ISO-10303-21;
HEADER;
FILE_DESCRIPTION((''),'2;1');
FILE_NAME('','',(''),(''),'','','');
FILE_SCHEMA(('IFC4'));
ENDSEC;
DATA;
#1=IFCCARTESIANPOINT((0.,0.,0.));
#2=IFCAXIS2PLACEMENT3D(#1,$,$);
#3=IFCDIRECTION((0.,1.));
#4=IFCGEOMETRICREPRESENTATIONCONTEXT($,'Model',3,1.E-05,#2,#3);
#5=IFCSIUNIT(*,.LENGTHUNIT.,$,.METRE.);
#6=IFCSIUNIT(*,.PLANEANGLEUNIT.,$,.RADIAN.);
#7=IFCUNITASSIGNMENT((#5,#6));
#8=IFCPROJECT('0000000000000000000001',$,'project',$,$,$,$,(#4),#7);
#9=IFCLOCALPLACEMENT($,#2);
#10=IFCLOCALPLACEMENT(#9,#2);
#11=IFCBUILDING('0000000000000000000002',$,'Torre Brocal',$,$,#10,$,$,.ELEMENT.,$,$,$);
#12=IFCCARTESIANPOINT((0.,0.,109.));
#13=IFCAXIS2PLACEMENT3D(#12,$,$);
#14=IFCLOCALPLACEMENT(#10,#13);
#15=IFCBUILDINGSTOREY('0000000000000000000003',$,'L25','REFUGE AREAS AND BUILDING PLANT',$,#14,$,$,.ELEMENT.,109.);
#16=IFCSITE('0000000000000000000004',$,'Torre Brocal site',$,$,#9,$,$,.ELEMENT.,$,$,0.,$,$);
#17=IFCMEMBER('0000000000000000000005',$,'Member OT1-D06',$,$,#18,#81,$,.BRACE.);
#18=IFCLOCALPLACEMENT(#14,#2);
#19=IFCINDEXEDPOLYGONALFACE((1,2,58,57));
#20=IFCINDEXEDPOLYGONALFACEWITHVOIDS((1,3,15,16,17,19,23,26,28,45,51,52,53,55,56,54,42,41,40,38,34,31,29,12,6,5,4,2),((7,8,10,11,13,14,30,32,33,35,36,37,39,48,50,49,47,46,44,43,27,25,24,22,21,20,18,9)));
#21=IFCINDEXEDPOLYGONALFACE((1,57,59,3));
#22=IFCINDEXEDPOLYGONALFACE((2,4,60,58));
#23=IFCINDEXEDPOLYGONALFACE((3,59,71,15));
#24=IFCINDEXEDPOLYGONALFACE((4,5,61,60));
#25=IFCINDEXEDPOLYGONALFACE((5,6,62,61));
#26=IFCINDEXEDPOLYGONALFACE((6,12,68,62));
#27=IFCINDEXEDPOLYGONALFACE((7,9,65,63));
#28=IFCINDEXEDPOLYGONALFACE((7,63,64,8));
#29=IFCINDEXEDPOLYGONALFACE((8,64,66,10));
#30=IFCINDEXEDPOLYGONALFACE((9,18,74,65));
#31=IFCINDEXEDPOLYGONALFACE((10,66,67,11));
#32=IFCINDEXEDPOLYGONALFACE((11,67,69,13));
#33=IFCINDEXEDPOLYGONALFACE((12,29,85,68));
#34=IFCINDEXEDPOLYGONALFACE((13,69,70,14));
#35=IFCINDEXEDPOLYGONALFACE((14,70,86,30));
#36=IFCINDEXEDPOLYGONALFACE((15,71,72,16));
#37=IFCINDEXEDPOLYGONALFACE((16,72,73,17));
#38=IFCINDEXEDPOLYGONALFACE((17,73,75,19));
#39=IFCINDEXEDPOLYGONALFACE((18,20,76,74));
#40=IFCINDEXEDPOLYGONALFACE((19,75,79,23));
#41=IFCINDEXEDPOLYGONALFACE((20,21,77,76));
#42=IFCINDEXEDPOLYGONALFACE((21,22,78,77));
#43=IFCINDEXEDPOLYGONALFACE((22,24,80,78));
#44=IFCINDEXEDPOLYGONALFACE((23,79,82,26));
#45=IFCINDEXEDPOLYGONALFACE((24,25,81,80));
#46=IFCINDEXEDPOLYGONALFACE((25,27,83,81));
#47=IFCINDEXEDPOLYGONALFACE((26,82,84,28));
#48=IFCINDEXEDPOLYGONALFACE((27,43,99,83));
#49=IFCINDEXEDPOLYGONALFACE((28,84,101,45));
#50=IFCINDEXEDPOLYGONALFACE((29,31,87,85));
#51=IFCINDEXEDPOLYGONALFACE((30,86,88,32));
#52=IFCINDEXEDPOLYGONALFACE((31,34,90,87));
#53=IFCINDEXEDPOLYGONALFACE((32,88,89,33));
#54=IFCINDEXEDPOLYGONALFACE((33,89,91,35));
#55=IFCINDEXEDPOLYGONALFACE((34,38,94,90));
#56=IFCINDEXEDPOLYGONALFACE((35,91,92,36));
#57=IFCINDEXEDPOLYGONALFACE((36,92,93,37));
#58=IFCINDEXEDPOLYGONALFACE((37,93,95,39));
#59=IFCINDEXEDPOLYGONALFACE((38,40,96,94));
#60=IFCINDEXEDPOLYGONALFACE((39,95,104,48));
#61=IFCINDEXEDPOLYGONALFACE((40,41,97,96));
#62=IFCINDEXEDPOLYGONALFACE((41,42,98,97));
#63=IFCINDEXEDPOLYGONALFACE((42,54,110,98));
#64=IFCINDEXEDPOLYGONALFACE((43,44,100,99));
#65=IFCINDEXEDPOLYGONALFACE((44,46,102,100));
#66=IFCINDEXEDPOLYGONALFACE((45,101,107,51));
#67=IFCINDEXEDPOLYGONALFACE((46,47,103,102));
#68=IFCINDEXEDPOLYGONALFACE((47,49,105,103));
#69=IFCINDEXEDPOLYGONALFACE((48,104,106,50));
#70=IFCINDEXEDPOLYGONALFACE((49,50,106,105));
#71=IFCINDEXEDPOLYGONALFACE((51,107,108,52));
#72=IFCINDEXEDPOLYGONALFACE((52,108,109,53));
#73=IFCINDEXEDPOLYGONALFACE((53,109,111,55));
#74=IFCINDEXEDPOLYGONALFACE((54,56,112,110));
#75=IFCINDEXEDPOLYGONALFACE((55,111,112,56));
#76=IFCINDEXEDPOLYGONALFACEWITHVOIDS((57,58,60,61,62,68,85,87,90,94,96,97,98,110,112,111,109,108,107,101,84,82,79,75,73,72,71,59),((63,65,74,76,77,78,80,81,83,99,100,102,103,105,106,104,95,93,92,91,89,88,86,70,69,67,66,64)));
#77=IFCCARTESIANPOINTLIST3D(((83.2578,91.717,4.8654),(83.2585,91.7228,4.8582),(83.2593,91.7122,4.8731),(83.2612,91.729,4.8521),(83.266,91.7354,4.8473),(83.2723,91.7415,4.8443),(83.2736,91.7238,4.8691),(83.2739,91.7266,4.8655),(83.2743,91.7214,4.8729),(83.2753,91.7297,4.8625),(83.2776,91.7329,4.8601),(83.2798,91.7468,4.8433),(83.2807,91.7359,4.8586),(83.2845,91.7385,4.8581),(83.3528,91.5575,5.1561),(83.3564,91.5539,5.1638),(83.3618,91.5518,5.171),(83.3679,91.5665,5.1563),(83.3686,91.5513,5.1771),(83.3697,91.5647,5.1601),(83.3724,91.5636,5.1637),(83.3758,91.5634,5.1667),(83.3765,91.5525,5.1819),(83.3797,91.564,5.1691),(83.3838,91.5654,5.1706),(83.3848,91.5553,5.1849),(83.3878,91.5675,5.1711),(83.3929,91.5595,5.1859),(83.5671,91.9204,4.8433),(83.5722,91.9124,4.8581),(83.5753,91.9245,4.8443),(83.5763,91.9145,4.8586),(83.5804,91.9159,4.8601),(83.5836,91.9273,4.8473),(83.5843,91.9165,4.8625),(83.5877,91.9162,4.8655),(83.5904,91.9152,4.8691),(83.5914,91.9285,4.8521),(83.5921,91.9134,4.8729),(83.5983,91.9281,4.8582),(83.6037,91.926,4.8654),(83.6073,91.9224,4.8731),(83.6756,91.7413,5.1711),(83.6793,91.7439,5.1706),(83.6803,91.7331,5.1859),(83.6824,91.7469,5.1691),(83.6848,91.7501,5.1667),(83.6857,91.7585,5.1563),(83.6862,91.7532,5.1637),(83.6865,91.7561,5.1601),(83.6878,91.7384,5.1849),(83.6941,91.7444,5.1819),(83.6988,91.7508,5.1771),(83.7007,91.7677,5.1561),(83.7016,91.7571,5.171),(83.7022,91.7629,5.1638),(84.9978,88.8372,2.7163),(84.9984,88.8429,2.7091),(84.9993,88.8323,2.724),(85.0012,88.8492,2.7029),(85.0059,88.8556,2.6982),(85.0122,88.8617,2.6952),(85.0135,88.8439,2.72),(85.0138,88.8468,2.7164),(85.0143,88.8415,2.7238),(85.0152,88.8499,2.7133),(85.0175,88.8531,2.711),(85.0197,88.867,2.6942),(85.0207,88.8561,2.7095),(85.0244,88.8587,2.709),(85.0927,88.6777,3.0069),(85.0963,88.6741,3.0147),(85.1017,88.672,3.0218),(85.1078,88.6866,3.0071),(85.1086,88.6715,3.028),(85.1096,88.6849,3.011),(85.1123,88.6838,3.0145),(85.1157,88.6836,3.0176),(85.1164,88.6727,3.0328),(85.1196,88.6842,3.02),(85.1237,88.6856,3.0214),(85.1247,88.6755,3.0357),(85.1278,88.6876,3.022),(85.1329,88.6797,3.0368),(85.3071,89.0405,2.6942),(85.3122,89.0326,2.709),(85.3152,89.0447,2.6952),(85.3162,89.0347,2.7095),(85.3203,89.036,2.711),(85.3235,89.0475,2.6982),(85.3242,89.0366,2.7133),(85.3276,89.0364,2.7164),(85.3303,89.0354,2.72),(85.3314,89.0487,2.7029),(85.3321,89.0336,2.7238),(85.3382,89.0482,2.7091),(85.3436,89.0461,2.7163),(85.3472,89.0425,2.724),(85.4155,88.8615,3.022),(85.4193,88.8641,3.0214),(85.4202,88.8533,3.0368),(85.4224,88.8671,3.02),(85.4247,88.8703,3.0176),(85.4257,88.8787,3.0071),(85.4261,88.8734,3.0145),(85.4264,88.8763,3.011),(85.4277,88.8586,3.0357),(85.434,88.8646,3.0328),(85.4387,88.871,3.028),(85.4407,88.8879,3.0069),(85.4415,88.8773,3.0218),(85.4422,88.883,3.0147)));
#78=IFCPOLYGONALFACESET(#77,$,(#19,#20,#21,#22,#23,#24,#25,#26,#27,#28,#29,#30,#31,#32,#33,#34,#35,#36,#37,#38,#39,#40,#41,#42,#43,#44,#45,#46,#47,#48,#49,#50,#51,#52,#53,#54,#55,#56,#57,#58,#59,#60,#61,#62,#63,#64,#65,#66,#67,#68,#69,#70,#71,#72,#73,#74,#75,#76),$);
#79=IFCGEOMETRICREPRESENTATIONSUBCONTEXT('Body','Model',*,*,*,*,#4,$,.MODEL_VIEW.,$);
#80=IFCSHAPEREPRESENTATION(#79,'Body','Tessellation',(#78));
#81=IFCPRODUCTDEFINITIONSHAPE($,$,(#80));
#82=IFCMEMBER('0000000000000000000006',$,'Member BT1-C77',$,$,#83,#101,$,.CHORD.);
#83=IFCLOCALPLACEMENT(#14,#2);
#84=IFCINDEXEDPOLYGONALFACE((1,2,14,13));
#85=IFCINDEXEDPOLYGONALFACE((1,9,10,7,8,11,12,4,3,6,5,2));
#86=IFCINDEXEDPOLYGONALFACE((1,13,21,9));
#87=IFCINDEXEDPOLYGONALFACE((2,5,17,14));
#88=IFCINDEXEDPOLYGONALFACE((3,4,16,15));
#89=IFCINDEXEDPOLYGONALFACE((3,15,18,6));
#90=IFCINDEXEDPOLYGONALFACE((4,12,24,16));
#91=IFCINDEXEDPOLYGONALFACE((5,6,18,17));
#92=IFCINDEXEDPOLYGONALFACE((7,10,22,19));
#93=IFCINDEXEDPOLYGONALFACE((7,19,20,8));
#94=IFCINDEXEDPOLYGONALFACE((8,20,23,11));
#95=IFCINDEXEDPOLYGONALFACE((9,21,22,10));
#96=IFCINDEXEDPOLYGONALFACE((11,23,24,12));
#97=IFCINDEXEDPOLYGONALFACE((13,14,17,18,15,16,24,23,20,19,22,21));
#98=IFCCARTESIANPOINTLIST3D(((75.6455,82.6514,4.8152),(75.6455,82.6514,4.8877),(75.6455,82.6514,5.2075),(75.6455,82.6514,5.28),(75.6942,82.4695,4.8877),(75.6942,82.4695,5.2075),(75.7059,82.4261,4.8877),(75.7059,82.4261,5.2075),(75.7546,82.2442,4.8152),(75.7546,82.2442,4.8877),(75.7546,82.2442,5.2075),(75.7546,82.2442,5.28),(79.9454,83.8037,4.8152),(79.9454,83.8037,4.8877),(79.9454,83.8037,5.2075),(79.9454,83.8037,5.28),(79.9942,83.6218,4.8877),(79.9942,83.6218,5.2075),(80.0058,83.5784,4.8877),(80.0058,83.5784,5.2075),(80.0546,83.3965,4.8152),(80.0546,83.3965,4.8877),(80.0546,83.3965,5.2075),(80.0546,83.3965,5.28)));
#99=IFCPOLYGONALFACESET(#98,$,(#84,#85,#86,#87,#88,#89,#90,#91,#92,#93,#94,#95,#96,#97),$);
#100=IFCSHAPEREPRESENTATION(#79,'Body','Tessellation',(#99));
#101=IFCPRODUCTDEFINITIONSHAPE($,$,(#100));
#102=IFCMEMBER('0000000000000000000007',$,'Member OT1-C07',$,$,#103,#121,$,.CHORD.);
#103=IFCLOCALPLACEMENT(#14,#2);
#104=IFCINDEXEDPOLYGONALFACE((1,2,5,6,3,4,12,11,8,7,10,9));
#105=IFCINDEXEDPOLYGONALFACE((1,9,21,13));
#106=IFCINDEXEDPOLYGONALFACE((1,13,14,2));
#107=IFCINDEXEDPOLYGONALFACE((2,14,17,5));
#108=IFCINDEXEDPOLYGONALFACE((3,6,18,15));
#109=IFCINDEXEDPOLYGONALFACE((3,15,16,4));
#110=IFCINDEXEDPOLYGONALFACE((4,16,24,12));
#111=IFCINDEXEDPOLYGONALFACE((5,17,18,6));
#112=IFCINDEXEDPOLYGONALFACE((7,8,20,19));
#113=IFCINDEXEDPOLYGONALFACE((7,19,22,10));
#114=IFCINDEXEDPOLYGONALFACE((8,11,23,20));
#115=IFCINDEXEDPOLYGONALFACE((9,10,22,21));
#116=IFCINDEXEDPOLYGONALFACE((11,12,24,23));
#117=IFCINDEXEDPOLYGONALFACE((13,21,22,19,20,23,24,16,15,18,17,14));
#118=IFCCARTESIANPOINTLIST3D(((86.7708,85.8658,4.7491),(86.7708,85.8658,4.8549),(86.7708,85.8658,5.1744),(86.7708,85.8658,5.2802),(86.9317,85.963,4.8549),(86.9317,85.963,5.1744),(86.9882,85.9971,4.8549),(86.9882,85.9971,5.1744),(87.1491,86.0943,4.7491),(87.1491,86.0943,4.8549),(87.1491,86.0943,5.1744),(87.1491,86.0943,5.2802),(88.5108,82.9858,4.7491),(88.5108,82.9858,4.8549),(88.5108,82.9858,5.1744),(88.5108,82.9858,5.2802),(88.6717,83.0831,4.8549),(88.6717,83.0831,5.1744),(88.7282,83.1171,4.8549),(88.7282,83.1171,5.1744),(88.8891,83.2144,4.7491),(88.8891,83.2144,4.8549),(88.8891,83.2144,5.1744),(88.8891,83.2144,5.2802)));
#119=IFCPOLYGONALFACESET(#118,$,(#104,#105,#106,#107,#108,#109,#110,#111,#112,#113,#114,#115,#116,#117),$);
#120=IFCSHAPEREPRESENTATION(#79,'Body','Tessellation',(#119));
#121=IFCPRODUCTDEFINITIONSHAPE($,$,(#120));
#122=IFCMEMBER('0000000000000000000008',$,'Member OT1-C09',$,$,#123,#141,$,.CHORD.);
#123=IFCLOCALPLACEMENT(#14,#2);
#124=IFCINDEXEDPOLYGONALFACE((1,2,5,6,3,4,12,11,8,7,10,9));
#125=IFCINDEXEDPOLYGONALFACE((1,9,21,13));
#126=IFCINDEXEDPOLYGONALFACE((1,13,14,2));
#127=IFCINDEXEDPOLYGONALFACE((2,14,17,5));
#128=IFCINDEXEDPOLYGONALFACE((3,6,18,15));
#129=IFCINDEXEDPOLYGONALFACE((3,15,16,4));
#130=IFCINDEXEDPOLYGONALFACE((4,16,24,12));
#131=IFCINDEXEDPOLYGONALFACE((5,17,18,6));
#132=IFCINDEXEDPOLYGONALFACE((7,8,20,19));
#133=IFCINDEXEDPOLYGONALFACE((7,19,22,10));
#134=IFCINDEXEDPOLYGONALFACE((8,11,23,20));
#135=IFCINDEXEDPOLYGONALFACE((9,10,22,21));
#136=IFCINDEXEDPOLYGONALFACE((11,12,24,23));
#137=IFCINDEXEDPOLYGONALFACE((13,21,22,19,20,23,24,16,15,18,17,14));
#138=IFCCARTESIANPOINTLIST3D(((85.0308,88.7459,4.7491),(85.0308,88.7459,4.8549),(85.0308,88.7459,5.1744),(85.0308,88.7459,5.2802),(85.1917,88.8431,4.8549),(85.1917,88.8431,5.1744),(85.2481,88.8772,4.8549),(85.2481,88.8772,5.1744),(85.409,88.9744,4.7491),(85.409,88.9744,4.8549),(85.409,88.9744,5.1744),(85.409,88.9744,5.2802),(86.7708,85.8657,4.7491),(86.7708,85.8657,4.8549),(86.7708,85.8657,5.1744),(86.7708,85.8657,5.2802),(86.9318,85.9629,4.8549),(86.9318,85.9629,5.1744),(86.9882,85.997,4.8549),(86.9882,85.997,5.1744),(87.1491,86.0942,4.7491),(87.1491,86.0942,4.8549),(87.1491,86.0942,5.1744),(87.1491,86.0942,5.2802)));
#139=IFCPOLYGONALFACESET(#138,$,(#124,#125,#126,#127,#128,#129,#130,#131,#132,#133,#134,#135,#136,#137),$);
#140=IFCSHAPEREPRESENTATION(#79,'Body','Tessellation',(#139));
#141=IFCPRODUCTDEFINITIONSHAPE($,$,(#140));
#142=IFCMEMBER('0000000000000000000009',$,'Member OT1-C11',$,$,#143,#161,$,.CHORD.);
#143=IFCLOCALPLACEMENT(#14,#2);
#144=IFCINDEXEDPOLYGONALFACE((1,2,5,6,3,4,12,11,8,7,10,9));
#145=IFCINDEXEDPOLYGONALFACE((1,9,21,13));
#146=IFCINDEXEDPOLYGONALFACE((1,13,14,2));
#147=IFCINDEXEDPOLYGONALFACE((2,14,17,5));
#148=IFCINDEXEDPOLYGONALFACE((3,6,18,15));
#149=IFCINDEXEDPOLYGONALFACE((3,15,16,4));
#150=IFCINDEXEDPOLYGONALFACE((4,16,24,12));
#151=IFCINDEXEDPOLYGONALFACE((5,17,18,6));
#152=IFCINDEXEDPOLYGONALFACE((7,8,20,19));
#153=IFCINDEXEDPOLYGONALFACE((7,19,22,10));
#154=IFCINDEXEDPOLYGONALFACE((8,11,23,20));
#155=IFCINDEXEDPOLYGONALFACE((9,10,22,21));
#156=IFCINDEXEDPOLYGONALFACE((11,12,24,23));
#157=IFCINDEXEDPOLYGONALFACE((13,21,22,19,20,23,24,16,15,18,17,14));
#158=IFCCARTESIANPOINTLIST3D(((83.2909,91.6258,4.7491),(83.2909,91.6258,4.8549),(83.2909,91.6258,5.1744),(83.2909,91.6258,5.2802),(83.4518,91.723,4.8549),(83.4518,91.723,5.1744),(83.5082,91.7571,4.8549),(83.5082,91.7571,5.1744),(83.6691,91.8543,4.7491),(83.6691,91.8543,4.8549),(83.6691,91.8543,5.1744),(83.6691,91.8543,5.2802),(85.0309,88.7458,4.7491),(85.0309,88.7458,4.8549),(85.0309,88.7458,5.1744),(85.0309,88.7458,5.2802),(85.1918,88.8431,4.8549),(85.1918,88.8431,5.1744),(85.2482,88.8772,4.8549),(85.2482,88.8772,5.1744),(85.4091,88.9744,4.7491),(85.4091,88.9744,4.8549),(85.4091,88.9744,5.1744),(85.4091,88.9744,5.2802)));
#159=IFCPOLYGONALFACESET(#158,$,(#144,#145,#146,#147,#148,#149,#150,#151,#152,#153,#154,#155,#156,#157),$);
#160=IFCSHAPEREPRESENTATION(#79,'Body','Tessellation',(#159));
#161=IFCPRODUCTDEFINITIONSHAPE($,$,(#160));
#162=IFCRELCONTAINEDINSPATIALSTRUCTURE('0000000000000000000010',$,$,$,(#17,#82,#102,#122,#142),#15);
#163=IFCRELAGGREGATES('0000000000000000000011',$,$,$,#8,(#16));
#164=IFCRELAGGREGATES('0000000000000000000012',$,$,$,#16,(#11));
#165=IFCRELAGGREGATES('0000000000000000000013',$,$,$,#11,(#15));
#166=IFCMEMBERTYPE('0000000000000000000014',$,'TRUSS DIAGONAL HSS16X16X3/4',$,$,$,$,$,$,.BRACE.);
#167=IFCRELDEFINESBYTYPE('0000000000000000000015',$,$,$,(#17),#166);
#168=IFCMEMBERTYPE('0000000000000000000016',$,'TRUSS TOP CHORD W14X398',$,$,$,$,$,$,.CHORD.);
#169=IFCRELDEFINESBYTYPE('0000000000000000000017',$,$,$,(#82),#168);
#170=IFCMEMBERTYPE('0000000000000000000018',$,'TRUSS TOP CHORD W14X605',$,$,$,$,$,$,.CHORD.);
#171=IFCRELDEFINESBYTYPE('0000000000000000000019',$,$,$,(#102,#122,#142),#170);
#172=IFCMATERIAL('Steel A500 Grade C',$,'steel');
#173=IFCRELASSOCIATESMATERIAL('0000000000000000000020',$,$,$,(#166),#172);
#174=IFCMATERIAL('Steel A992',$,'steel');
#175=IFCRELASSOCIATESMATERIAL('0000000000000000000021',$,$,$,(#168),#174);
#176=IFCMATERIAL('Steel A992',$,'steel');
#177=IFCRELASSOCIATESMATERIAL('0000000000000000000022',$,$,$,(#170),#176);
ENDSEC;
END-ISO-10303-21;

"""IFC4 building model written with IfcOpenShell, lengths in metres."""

from ifc_helpers import new_model, si_unit, direction, frame, origin, origin_2d, place, context, subcontext, project, spatial, hollow_rectangle, i_section, extrude, material, material_profile, profile_set, type_object, element, save


model = new_model("IFC4")

# Units and contexts
model_context = context("Model", 3, precision=1e-05, world=origin(), true_north=direction((0.0, 1.0)))
body_context = subcontext(model_context, "Body", "Model", "MODEL_VIEW")
ifc_project = project(units=[si_unit("LENGTHUNIT", "METRE"), si_unit("PLANEANGLEUNIT", "RADIAN")], contexts=[model_context])

# Site, building, storey
site_placement = place(None, origin())
site = spatial("IfcSite", under=ifc_project, at=site_placement, Name="Torre Brocal site", CompositionType="ELEMENT", RefElevation=0.0)
building_placement = place(site_placement, origin())
building = spatial("IfcBuilding", under=site, at=building_placement, Name="Torre Brocal", CompositionType="ELEMENT")
storey_placement = place(building_placement, frame((0.0, 0.0, 109.0)))
storey = spatial("IfcBuildingStorey", under=building, at=storey_placement, Name="L25", Description="REFUGE AREAS AND BUILDING PLANT", CompositionType="ELEMENT", Elevation=109.0)

# Members
ifc_material_1 = material(Name="Steel A500 Grade C", Category="steel")
ifc_material_profile_1 = material_profile(ifc_material_1, hollow_rectangle(XDim=0.4065, YDim=0.4065, WallThickness=0.0176, InnerFilletRadius=0.0176, OuterFilletRadius=0.0354, at=origin_2d()), Name="HSS16X16X3/4")
ifc_profile_set_1 = profile_set([ifc_material_profile_1], Name="Steel A500 Grade C")
member_type_1 = type_object("IfcMemberType", Name="TRUSS DIAGONAL HSS16X16X3/4", PredefinedType="BRACE", material=ifc_profile_set_1)
member_1_placement = place(storey_placement, frame((85.22, 88.8601, 2.8655), z_axis=(-0.435812, 0.721319, 0.538299), x_axis=(-0.855908, -0.517129, 0.0)))
element("IfcMember", 1, at=member_1_placement, inside=storey, type_object=member_type_1, Name="Member OT1-D06", PredefinedType="BRACE", context=body_context, shape_type="SweptSolid", body=[
    extrude(hollow_rectangle(XDim=0.4065, YDim=0.4065, WallThickness=0.0176, InnerFilletRadius=0.0176, OuterFilletRadius=0.0354, at=origin_2d()), origin(), (0.0, 0.0, 1.0), 3.9924),
])
ifc_material_2 = material(Name="Steel A992", Category="steel")
ifc_material_profile_2 = material_profile(ifc_material_2, i_section(OverallWidth=0.4216, OverallDepth=0.4648, WebThickness=0.0449, FlangeThickness=0.0725, at=origin_2d()), Name="W14X398")
ifc_profile_set_2 = profile_set([ifc_material_profile_2], Name="Steel A992")
member_type_2 = type_object("IfcMemberType", Name="TRUSS TOP CHORD W14X398", PredefinedType="CHORD", material=ifc_profile_set_2)
member_2_placement = place(storey_placement, frame((80.0, 83.6001, 5.0476), z_axis=(-0.965917, -0.25885, 0.0), x_axis=(0.25885, -0.965917, 0.0)))
element("IfcMember", 2, at=member_2_placement, inside=storey, type_object=member_type_2, Name="Member BT1-C77", PredefinedType="CHORD", context=body_context, shape_type="SweptSolid", body=[
    extrude(i_section(OverallWidth=0.4216, OverallDepth=0.4648, WebThickness=0.0449, FlangeThickness=0.0725, at=origin_2d()), origin(), (0.0, 0.0, 1.0), 4.4517),
])
ifc_material_3 = material(Name="Steel A992", Category="steel")
ifc_material_profile_3 = material_profile(ifc_material_3, i_section(OverallWidth=0.4419, OverallDepth=0.531, WebThickness=0.0659, FlangeThickness=0.1057, at=origin_2d()), Name="W14X605")
ifc_profile_set_3 = profile_set([ifc_material_profile_3], Name="Steel A992")
member_type_3 = type_object("IfcMemberType", Name="TRUSS TOP CHORD W14X605", PredefinedType="CHORD", material=ifc_profile_set_3)
member_3_placement = place(storey_placement, frame((88.7, 83.1001, 5.0146), z_axis=(-0.517129, 0.855908, 0.0), x_axis=(-0.855908, -0.517129, 0.0)))
element("IfcMember", 3, at=member_3_placement, inside=storey, type_object=member_type_3, Name="Member OT1-C07", PredefinedType="CHORD", context=body_context, shape_type="SweptSolid", body=[
    extrude(i_section(OverallWidth=0.4419, OverallDepth=0.531, WebThickness=0.0659, FlangeThickness=0.1057, at=origin_2d()), origin(), (0.0, 0.0, 1.0), 3.3647),
])
member_4_placement = place(storey_placement, frame((86.96, 85.98, 5.0146), z_axis=(-0.517097, 0.855927, 0.0), x_axis=(-0.855927, -0.517097, 0.0)))
element("IfcMember", 4, at=member_4_placement, inside=storey, type_object=member_type_3, Name="Member OT1-C09", PredefinedType="CHORD", context=body_context, shape_type="SweptSolid", body=[
    extrude(i_section(OverallWidth=0.4419, OverallDepth=0.531, WebThickness=0.0659, FlangeThickness=0.1057, at=origin_2d()), origin(), (0.0, 0.0, 1.0), 3.365),
])
member_5_placement = place(storey_placement, frame((85.22, 88.8601, 5.0146), z_axis=(-0.517129, 0.855908, 0.0), x_axis=(-0.855908, -0.517129, 0.0)))
element("IfcMember", 5, at=member_5_placement, inside=storey, type_object=member_type_3, Name="Member OT1-C11", PredefinedType="CHORD", context=body_context, shape_type="SweptSolid", body=[
    extrude(i_section(OverallWidth=0.4419, OverallDepth=0.531, WebThickness=0.0659, FlangeThickness=0.1057, at=origin_2d()), origin(), (0.0, 0.0, 1.0), 3.3647),
])

save(model, "model.ifc")
